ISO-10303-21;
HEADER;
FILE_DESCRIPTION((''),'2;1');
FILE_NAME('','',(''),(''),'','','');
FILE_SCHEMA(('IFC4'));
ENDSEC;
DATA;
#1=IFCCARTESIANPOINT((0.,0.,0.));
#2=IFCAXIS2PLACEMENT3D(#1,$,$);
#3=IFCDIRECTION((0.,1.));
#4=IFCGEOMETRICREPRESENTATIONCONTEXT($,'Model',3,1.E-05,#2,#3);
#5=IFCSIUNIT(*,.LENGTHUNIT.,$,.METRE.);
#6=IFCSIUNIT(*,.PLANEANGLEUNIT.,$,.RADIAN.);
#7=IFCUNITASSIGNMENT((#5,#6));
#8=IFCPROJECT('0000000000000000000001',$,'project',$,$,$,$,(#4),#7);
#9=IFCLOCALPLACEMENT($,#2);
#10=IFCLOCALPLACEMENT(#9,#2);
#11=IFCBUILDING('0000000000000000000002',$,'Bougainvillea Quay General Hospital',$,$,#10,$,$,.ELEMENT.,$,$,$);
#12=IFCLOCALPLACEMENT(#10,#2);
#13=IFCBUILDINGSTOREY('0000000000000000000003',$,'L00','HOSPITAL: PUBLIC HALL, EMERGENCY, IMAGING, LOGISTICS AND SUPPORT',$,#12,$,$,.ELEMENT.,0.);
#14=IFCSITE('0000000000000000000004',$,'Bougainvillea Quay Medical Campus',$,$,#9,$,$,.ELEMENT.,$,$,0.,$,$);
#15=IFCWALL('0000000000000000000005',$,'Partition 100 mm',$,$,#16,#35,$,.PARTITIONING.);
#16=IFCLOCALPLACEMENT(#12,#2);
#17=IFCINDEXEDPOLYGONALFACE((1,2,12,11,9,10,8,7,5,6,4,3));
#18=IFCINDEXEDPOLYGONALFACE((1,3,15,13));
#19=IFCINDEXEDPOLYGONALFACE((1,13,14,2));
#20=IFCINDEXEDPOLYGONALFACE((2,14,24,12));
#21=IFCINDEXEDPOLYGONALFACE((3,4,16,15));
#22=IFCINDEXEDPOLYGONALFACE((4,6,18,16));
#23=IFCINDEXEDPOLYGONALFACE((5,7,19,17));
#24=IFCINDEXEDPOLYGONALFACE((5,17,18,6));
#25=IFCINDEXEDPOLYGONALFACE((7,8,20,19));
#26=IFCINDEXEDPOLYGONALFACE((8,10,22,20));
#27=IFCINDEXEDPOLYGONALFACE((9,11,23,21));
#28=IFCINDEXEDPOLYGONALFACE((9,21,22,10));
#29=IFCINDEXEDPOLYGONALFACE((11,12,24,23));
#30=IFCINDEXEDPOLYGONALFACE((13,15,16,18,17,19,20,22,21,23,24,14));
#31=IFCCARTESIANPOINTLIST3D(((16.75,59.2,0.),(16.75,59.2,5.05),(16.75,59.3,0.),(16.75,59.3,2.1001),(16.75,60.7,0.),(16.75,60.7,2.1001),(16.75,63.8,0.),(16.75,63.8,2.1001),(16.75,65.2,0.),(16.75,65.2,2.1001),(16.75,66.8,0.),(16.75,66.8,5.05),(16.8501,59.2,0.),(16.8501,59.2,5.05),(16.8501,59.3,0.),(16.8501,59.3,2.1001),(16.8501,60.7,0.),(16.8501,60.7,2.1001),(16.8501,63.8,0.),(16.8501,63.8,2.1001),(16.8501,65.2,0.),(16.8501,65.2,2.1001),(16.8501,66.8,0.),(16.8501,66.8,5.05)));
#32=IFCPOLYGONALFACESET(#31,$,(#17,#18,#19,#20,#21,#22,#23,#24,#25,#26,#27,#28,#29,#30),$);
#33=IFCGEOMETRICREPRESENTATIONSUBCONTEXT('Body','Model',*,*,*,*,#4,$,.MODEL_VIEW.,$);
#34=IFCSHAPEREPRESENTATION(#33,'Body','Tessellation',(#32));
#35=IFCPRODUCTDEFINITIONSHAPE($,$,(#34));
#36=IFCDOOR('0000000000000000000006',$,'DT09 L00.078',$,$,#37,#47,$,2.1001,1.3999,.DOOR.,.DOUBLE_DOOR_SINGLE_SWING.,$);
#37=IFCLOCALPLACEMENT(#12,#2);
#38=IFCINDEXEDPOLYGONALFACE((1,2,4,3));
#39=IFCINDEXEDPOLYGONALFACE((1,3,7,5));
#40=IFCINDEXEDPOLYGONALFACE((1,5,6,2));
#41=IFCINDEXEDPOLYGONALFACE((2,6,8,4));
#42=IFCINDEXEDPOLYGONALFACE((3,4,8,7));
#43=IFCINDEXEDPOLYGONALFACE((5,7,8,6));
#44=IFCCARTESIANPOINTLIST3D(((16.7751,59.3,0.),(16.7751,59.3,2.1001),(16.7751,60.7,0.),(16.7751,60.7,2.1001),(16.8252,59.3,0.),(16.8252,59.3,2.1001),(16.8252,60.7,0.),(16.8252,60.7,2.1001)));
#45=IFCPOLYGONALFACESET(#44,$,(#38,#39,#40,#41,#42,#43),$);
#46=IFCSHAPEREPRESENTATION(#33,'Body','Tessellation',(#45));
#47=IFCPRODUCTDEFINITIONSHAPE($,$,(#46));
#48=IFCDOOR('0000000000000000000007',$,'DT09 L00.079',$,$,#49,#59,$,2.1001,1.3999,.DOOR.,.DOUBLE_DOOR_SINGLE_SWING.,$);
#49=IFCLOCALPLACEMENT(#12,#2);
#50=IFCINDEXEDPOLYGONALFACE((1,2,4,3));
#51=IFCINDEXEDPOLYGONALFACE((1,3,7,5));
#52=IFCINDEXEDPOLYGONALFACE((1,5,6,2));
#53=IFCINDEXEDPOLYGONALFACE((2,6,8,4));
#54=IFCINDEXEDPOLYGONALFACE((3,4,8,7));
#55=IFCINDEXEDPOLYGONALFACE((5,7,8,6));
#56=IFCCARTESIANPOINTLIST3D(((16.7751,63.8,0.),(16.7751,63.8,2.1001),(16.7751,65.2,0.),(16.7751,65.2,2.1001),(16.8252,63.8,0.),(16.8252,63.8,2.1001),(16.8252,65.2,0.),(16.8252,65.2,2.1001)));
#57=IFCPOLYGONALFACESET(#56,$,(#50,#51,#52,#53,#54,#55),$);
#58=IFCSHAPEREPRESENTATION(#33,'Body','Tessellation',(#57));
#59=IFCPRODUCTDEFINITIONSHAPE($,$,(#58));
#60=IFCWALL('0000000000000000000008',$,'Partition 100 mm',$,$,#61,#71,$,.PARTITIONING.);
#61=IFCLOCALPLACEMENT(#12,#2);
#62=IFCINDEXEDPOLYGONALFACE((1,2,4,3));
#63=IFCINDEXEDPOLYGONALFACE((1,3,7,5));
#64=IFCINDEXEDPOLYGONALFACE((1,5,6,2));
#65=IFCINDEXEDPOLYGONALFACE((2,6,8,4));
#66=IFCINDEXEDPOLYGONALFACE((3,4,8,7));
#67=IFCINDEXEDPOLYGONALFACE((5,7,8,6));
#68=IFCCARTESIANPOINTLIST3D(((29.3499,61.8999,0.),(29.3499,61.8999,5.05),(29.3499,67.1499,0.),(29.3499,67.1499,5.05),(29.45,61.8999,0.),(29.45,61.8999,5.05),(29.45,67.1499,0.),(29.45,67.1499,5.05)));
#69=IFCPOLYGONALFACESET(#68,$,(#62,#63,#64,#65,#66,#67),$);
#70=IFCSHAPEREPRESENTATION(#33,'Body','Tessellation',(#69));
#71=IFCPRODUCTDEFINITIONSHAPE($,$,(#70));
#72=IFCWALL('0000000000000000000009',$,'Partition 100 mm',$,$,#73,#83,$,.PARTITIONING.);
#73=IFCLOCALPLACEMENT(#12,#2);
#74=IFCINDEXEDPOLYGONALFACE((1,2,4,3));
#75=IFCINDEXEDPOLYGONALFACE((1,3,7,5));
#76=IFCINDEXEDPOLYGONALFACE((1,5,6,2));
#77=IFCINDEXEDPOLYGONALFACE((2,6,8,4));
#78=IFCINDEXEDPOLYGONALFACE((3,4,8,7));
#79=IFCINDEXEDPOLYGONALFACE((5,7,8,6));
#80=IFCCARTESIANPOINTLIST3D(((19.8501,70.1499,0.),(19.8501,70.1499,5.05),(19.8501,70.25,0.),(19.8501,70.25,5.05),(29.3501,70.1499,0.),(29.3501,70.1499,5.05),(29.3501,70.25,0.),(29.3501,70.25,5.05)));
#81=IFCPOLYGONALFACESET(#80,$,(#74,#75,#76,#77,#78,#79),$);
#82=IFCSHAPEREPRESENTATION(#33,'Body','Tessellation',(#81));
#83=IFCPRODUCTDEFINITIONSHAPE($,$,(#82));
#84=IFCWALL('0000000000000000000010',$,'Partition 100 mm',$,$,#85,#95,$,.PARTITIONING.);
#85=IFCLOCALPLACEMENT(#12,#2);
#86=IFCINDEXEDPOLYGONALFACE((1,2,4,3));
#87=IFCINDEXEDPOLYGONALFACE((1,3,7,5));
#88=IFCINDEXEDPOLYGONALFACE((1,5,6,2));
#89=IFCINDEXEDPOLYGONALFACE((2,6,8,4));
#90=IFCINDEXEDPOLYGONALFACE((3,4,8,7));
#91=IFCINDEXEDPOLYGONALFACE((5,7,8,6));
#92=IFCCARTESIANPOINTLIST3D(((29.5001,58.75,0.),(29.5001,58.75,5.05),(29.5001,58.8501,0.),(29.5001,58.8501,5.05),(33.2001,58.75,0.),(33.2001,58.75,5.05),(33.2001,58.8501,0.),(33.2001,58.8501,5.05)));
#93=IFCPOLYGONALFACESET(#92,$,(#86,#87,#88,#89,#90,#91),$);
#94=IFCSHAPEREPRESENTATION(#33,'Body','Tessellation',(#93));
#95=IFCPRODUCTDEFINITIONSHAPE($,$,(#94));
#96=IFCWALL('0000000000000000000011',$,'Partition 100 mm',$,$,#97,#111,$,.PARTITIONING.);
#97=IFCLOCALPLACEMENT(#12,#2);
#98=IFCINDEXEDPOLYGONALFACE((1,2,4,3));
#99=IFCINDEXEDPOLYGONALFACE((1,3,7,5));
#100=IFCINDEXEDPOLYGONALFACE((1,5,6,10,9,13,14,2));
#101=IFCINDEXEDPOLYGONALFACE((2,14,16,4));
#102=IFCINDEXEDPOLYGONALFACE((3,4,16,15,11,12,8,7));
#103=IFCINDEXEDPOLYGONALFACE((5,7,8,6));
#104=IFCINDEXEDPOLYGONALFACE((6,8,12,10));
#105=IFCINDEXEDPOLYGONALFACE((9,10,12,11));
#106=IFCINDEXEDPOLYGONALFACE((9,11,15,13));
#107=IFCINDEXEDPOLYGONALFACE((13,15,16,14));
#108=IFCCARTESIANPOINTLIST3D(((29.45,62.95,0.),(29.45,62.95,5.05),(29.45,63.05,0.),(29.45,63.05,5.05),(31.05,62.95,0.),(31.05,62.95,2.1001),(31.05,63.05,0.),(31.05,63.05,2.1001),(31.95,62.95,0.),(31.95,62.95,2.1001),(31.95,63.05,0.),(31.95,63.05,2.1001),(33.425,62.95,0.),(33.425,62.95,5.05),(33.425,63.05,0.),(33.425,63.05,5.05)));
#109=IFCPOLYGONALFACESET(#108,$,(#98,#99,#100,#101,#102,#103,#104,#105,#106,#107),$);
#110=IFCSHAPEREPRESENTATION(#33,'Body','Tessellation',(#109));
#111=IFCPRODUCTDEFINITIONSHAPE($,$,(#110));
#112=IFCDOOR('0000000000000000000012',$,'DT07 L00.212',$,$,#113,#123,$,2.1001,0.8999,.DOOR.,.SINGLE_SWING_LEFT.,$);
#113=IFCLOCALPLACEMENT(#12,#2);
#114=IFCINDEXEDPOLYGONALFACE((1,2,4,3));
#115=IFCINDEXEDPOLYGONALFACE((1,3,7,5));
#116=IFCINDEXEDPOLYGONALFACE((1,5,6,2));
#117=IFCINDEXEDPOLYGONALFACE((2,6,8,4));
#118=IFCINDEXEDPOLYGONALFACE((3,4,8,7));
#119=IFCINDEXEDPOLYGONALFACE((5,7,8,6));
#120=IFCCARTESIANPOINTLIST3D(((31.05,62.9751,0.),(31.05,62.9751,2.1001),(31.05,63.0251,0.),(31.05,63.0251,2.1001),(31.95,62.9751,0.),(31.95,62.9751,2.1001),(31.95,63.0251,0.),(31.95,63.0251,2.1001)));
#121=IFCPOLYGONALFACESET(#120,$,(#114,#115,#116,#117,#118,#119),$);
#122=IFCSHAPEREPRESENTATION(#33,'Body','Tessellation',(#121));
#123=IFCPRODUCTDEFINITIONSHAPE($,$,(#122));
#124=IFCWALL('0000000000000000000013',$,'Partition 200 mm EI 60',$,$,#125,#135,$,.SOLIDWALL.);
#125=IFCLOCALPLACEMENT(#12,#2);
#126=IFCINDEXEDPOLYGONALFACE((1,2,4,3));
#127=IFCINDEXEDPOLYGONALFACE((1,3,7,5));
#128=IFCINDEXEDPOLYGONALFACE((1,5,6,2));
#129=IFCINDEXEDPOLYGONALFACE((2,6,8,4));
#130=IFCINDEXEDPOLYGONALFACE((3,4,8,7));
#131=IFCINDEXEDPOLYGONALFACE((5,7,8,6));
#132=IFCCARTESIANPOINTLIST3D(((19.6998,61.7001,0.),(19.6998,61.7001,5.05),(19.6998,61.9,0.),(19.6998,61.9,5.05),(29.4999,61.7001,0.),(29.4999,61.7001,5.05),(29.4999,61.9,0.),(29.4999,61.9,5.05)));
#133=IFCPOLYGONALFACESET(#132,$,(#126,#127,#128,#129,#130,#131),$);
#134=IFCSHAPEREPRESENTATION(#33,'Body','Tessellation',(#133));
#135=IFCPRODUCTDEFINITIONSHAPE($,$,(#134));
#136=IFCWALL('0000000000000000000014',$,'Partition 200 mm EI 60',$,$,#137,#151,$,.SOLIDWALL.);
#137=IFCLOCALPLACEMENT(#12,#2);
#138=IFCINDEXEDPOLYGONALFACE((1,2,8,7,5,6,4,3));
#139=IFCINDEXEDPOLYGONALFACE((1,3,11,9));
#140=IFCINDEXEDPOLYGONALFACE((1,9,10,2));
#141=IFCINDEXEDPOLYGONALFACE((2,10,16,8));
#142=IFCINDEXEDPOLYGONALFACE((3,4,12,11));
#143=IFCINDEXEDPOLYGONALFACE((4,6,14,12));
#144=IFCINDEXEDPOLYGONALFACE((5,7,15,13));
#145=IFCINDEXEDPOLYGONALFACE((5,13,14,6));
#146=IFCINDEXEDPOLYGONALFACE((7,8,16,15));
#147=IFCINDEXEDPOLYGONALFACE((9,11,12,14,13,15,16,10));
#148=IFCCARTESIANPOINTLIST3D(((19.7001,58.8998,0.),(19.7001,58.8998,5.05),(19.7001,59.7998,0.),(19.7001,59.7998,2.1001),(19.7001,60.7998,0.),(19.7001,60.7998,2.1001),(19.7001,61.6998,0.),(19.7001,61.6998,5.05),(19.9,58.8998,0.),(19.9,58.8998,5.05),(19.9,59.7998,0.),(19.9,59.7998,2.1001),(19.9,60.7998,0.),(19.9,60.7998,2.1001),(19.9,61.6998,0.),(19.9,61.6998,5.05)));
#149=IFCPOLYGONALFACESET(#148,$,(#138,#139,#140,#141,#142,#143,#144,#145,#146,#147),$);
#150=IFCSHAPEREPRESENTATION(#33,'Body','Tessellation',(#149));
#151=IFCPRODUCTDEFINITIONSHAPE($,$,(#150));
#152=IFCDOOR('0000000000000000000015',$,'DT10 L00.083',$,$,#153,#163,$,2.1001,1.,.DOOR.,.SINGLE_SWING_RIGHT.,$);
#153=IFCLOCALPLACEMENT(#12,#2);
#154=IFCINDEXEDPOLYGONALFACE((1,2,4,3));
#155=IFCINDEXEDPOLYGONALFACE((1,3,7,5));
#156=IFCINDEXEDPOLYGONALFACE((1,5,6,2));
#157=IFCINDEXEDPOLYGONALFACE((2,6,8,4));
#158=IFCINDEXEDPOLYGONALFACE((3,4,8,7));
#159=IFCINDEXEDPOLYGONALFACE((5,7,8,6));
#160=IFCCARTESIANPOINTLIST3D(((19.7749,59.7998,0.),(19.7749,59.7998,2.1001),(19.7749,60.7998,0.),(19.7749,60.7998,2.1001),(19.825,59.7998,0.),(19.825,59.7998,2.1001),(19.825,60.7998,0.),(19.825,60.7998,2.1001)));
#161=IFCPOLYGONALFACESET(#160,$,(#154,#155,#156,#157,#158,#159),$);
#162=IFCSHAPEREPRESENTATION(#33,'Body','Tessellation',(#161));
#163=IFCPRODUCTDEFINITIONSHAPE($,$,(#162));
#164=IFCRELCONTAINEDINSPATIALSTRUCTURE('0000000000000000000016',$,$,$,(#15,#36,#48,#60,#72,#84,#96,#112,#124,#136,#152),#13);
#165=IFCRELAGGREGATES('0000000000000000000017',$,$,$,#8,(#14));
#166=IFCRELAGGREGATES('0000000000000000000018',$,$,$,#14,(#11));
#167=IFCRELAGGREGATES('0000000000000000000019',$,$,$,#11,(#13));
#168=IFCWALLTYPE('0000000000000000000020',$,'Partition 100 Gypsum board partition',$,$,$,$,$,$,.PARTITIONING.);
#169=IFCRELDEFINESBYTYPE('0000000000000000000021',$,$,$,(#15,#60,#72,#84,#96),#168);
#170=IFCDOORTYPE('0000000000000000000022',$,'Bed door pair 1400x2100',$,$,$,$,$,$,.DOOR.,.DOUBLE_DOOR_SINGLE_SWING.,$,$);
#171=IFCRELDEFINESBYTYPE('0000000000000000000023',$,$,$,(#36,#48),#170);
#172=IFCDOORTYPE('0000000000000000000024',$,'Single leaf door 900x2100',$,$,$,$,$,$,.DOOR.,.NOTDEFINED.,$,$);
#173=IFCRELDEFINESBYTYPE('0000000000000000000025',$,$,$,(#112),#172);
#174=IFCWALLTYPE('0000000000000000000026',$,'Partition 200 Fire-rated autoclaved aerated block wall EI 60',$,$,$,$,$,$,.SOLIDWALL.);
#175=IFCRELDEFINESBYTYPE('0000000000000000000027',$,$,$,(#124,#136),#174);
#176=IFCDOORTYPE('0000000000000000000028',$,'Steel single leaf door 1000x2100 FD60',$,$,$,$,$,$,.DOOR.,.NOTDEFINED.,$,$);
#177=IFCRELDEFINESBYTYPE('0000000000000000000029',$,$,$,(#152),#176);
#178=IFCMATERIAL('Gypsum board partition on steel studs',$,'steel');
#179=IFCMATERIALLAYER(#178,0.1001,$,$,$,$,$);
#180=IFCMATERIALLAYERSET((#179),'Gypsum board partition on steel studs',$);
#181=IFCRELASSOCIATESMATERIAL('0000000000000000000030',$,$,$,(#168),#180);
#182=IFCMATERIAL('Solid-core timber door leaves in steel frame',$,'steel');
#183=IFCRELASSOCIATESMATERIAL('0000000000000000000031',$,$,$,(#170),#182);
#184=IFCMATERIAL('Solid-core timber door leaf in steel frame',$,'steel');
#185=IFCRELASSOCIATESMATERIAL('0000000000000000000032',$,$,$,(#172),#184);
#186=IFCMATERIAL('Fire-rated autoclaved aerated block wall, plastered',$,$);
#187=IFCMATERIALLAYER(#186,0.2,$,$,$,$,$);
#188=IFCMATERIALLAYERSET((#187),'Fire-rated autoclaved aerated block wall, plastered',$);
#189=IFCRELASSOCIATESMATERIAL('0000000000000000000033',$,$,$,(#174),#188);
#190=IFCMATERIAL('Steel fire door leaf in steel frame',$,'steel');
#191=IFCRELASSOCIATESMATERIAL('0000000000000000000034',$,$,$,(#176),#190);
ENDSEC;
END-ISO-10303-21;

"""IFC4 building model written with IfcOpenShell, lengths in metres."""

from ifc_helpers import new_model, si_unit, direction, frame, frame_2d, origin, place, context, subcontext, project, spatial, rectangle, extrude, material, layer, layer_set, type_object, element, fill, save


model = new_model("IFC4")

# Units and contexts
model_context = context("Model", 3, precision=1e-05, world=origin(), true_north=direction((0.0, 1.0)))
body_context = subcontext(model_context, "Body", "Model", "MODEL_VIEW")
ifc_project = project(units=[si_unit("LENGTHUNIT", "METRE"), si_unit("PLANEANGLEUNIT", "RADIAN")], contexts=[model_context])

# Site, building, storey
site_placement = place(None, origin())
site = spatial("IfcSite", under=ifc_project, at=site_placement, Name="Bougainvillea Quay Medical Campus", CompositionType="ELEMENT", RefElevation=0.0)
building_placement = place(site_placement, origin())
building = spatial("IfcBuilding", under=site, at=building_placement, Name="Bougainvillea Quay General Hospital", CompositionType="ELEMENT")
storey_placement = place(building_placement, origin())
storey = spatial("IfcBuildingStorey", under=building, at=storey_placement, Name="L00", Description="HOSPITAL: PUBLIC HALL, EMERGENCY, IMAGING, LOGISTICS AND SUPPORT", CompositionType="ELEMENT", Elevation=0.0)

# Shared definitions
ifc_material_1 = material(Name="Gypsum board partition on steel studs", Category="steel")
ifc_layer_1 = layer(ifc_material_1, 0.1001)
ifc_layer_set_1 = layer_set([ifc_layer_1], Name="Gypsum board partition on steel studs")
wall_type_1 = type_object("IfcWallType", Name="Partition 100 Gypsum board partition", PredefinedType="PARTITIONING", material=ifc_layer_set_1)

# Wall, openings, doors
wall_1_placement = place(storey_placement, frame((16.8, 66.8, 0.0), z_axis=(0.0, 0.0, 1.0), x_axis=(0.0, -1.0, 0.0)))
wall_1 = element("IfcWall", 1, at=wall_1_placement, inside=storey, type_object=wall_type_1, Name="Partition 100 mm", PredefinedType="PARTITIONING", context=body_context, shape_type="SweptSolid", body=[
    extrude(rectangle(XDim=7.6001, YDim=0.1001, at=frame_2d((3.8, 0.0))), origin(), (0.0, 0.0, 1.0), 5.05),
])
opening_1_placement = place(wall_1_placement, frame((6.1001, 0.0, 0.0)))
opening_1 = element("IfcOpeningElement", 2, at=opening_1_placement, cuts=wall_1, PredefinedType="OPENING", context=body_context, shape_type="SweptSolid", body=[
    extrude(rectangle(XDim=1.3999, YDim=2.1001, at=frame_2d((0.7, 1.05))), frame((0.0, 0.0601, 0.0), z_axis=(0.0, -1.0, 0.0), x_axis=(1.0, 0.0, 0.0)), (0.0, 0.0, 1.0), 0.1201),
])
opening_2_placement = place(wall_1_placement, frame((1.6001, 0.0, 0.0)))
opening_2 = element("IfcOpeningElement", 3, at=opening_2_placement, cuts=wall_1, PredefinedType="OPENING", context=body_context, shape_type="SweptSolid", body=[
    extrude(rectangle(XDim=1.3999, YDim=2.1001, at=frame_2d((0.7, 1.05))), frame((0.0, 0.0601, 0.0), z_axis=(0.0, -1.0, 0.0), x_axis=(1.0, 0.0, 0.0)), (0.0, 0.0, 1.0), 0.1201),
])
ifc_material_2 = material(Name="Solid-core timber door leaves in steel frame", Category="steel")
door_type_1 = type_object("IfcDoorType", Name="Bed door pair 1400x2100", OperationType="DOUBLE_DOOR_SINGLE_SWING", PredefinedType="DOOR", material=ifc_material_2)
door_1_placement = place(opening_1_placement, frame((1.3999, 0.0, 0.0), z_axis=(0.0, 0.0, 1.0), x_axis=(-1.0, 0.0, 0.0)))
door_1 = element("IfcDoor", 4, at=door_1_placement, inside=storey, type_object=door_type_1, Name="DT09 L00.078", OperationType="DOUBLE_DOOR_SINGLE_SWING", OverallHeight=2.1001, OverallWidth=1.3999, PredefinedType="DOOR", context=body_context, shape_type="SweptSolid", body=[
    extrude(rectangle(XDim=1.3999, YDim=2.1001, at=frame_2d((0.7, 1.05))), frame((0.0, 0.0249, 0.0), z_axis=(0.0, -1.0, 0.0), x_axis=(1.0, 0.0, 0.0)), (0.0, 0.0, 1.0), 0.05),
])
fill(opening_1, door_1)
door_2_placement = place(opening_2_placement, frame((1.3999, 0.0, 0.0), z_axis=(0.0, 0.0, 1.0), x_axis=(-1.0, 0.0, 0.0)))
door_2 = element("IfcDoor", 5, at=door_2_placement, inside=storey, type_object=door_type_1, Name="DT09 L00.079", OperationType="DOUBLE_DOOR_SINGLE_SWING", OverallHeight=2.1001, OverallWidth=1.3999, PredefinedType="DOOR", context=body_context, shape_type="SweptSolid", body=[
    extrude(rectangle(XDim=1.3999, YDim=2.1001, at=frame_2d((0.7, 1.05))), frame((0.0, 0.0249, 0.0), z_axis=(0.0, -1.0, 0.0), x_axis=(1.0, 0.0, 0.0)), (0.0, 0.0, 1.0), 0.05),
])
fill(opening_2, door_2)

# Walls
wall_2_placement = place(storey_placement, frame((29.3999, 67.1499, 0.0), z_axis=(0.0, 0.0, 1.0), x_axis=(0.0, -1.0, 0.0)))
element("IfcWall", 6, at=wall_2_placement, inside=storey, type_object=wall_type_1, Name="Partition 100 mm", PredefinedType="PARTITIONING", context=body_context, shape_type="SweptSolid", body=[
    extrude(rectangle(XDim=5.25, YDim=0.1001, at=frame_2d((2.625, 0.0))), origin(), (0.0, 0.0, 1.0), 5.05),
])
wall_3_placement = place(storey_placement, frame((19.8501, 70.2, 0.0), z_axis=(0.0, 0.0, 1.0), x_axis=(1.0, 0.0, 0.0)))
element("IfcWall", 7, at=wall_3_placement, inside=storey, type_object=wall_type_1, Name="Partition 100 mm", PredefinedType="PARTITIONING", context=body_context, shape_type="SweptSolid", body=[
    extrude(rectangle(XDim=9.5, YDim=0.1001, at=frame_2d((4.75, 0.0))), origin(), (0.0, 0.0, 1.0), 5.05),
])
wall_4_placement = place(storey_placement, frame((29.5, 58.8, 0.0), z_axis=(0.0, 0.0, 1.0), x_axis=(1.0, 0.0, 0.0)))
element("IfcWall", 8, at=wall_4_placement, inside=storey, type_object=wall_type_1, Name="Partition 100 mm", PredefinedType="PARTITIONING", context=body_context, shape_type="SweptSolid", body=[
    extrude(rectangle(XDim=3.7, YDim=0.1001, at=frame_2d((1.8501, 0.0))), origin(), (0.0, 0.0, 1.0), 5.05),
])

# Wall, opening, door
wall_5_placement = place(storey_placement, frame((29.45, 63.0, 0.0), z_axis=(0.0, 0.0, 1.0), x_axis=(1.0, 0.0, 0.0)))
wall_5 = element("IfcWall", 9, at=wall_5_placement, inside=storey, type_object=wall_type_1, Name="Partition 100 mm", PredefinedType="PARTITIONING", context=body_context, shape_type="SweptSolid", body=[
    extrude(rectangle(XDim=3.9751, YDim=0.1001, at=frame_2d((1.9875, 0.0))), origin(), (0.0, 0.0, 1.0), 5.05),
])
opening_3_placement = place(wall_5_placement, frame((1.6001, 0.0, 0.0)))
opening_3 = element("IfcOpeningElement", 10, at=opening_3_placement, cuts=wall_5, PredefinedType="OPENING", context=body_context, shape_type="SweptSolid", body=[
    extrude(rectangle(XDim=0.8999, YDim=2.1001, at=frame_2d((0.45, 1.05))), frame((0.0, 0.0601, 0.0), z_axis=(0.0, -1.0, 0.0), x_axis=(1.0, 0.0, 0.0)), (0.0, 0.0, 1.0), 0.1201),
])
ifc_material_3 = material(Name="Solid-core timber door leaf in steel frame", Category="steel")
door_type_2 = type_object("IfcDoorType", Name="Single leaf door 900x2100", OperationType="NOTDEFINED", PredefinedType="DOOR", material=ifc_material_3)
door_3_placement = place(opening_3_placement, frame((0.8999, 0.0, 0.0), z_axis=(0.0, 0.0, 1.0), x_axis=(-1.0, 0.0, 0.0)))
door_3 = element("IfcDoor", 11, at=door_3_placement, inside=storey, type_object=door_type_2, Name="DT07 L00.212", OperationType="SINGLE_SWING_LEFT", OverallHeight=2.1001, OverallWidth=0.8999, PredefinedType="DOOR", context=body_context, shape_type="SweptSolid", body=[
    extrude(rectangle(XDim=0.8999, YDim=2.1001, at=frame_2d((0.45, 1.05))), frame((0.0, 0.0249, 0.0), z_axis=(0.0, -1.0, 0.0), x_axis=(1.0, 0.0, 0.0)), (0.0, 0.0, 1.0), 0.05),
])
fill(opening_3, door_3)

# Wall
ifc_material_4 = material(Name="Fire-rated autoclaved aerated block wall, plastered")
ifc_layer_2 = layer(ifc_material_4, 0.2)
ifc_layer_set_2 = layer_set([ifc_layer_2], Name="Fire-rated autoclaved aerated block wall, plastered")
wall_type_2 = type_object("IfcWallType", Name="Partition 200 Fire-rated autoclaved aerated block wall EI 60", PredefinedType="SOLIDWALL", material=ifc_layer_set_2)
wall_6_placement = place(storey_placement, frame((19.7, 61.8, 0.0), z_axis=(0.0, 0.0, 1.0), x_axis=(1.0, 0.0, 0.0)))
element("IfcWall", 12, at=wall_6_placement, inside=storey, type_object=wall_type_2, Name="Partition 200 mm EI 60", PredefinedType="SOLIDWALL", context=body_context, shape_type="SweptSolid", body=[
    extrude(rectangle(XDim=9.8, YDim=0.2, at=frame_2d((4.8999, 0.0))), origin(), (0.0, 0.0, 1.0), 5.05),
])

# Wall, opening, door
wall_7_placement = place(storey_placement, frame((19.8, 58.8999, 0.0), z_axis=(0.0, 0.0, 1.0), x_axis=(0.0, 1.0, 0.0)))
wall_7 = element("IfcWall", 13, at=wall_7_placement, inside=storey, type_object=wall_type_2, Name="Partition 200 mm EI 60", PredefinedType="SOLIDWALL", context=body_context, shape_type="SweptSolid", body=[
    extrude(rectangle(XDim=2.8, YDim=0.2, at=frame_2d((1.3999, 0.0))), origin(), (0.0, 0.0, 1.0), 5.05),
])
opening_4_placement = place(wall_7_placement, frame((0.8999, 0.0, 0.0)))
opening_4 = element("IfcOpeningElement", 14, at=opening_4_placement, cuts=wall_7, PredefinedType="OPENING", context=body_context, shape_type="SweptSolid", body=[
    extrude(rectangle(XDim=1.0, YDim=2.1001, at=frame_2d((0.5, 1.05))), frame((0.0, 0.1099, 0.0), z_axis=(0.0, -1.0, 0.0), x_axis=(1.0, 0.0, 0.0)), (0.0, 0.0, 1.0), 0.22),
])
ifc_material_5 = material(Name="Steel fire door leaf in steel frame", Category="steel")
door_type_3 = type_object("IfcDoorType", Name="Steel single leaf door 1000x2100 FD60", OperationType="NOTDEFINED", PredefinedType="DOOR", material=ifc_material_5)
door_4_placement = place(opening_4_placement, frame((1.0, 0.0, 0.0), z_axis=(0.0, 0.0, 1.0), x_axis=(-1.0, 0.0, 0.0)))
door_4 = element("IfcDoor", 15, at=door_4_placement, inside=storey, type_object=door_type_3, Name="DT10 L00.083", OperationType="SINGLE_SWING_RIGHT", OverallHeight=2.1001, OverallWidth=1.0, PredefinedType="DOOR", context=body_context, shape_type="SweptSolid", body=[
    extrude(rectangle(XDim=1.0, YDim=2.1001, at=frame_2d((0.5, 1.05))), frame((0.0, 0.0249, 0.0), z_axis=(0.0, -1.0, 0.0), x_axis=(1.0, 0.0, 0.0)), (0.0, 0.0, 1.0), 0.05),
])
fill(opening_4, door_4)

save(model, "model.ifc")
